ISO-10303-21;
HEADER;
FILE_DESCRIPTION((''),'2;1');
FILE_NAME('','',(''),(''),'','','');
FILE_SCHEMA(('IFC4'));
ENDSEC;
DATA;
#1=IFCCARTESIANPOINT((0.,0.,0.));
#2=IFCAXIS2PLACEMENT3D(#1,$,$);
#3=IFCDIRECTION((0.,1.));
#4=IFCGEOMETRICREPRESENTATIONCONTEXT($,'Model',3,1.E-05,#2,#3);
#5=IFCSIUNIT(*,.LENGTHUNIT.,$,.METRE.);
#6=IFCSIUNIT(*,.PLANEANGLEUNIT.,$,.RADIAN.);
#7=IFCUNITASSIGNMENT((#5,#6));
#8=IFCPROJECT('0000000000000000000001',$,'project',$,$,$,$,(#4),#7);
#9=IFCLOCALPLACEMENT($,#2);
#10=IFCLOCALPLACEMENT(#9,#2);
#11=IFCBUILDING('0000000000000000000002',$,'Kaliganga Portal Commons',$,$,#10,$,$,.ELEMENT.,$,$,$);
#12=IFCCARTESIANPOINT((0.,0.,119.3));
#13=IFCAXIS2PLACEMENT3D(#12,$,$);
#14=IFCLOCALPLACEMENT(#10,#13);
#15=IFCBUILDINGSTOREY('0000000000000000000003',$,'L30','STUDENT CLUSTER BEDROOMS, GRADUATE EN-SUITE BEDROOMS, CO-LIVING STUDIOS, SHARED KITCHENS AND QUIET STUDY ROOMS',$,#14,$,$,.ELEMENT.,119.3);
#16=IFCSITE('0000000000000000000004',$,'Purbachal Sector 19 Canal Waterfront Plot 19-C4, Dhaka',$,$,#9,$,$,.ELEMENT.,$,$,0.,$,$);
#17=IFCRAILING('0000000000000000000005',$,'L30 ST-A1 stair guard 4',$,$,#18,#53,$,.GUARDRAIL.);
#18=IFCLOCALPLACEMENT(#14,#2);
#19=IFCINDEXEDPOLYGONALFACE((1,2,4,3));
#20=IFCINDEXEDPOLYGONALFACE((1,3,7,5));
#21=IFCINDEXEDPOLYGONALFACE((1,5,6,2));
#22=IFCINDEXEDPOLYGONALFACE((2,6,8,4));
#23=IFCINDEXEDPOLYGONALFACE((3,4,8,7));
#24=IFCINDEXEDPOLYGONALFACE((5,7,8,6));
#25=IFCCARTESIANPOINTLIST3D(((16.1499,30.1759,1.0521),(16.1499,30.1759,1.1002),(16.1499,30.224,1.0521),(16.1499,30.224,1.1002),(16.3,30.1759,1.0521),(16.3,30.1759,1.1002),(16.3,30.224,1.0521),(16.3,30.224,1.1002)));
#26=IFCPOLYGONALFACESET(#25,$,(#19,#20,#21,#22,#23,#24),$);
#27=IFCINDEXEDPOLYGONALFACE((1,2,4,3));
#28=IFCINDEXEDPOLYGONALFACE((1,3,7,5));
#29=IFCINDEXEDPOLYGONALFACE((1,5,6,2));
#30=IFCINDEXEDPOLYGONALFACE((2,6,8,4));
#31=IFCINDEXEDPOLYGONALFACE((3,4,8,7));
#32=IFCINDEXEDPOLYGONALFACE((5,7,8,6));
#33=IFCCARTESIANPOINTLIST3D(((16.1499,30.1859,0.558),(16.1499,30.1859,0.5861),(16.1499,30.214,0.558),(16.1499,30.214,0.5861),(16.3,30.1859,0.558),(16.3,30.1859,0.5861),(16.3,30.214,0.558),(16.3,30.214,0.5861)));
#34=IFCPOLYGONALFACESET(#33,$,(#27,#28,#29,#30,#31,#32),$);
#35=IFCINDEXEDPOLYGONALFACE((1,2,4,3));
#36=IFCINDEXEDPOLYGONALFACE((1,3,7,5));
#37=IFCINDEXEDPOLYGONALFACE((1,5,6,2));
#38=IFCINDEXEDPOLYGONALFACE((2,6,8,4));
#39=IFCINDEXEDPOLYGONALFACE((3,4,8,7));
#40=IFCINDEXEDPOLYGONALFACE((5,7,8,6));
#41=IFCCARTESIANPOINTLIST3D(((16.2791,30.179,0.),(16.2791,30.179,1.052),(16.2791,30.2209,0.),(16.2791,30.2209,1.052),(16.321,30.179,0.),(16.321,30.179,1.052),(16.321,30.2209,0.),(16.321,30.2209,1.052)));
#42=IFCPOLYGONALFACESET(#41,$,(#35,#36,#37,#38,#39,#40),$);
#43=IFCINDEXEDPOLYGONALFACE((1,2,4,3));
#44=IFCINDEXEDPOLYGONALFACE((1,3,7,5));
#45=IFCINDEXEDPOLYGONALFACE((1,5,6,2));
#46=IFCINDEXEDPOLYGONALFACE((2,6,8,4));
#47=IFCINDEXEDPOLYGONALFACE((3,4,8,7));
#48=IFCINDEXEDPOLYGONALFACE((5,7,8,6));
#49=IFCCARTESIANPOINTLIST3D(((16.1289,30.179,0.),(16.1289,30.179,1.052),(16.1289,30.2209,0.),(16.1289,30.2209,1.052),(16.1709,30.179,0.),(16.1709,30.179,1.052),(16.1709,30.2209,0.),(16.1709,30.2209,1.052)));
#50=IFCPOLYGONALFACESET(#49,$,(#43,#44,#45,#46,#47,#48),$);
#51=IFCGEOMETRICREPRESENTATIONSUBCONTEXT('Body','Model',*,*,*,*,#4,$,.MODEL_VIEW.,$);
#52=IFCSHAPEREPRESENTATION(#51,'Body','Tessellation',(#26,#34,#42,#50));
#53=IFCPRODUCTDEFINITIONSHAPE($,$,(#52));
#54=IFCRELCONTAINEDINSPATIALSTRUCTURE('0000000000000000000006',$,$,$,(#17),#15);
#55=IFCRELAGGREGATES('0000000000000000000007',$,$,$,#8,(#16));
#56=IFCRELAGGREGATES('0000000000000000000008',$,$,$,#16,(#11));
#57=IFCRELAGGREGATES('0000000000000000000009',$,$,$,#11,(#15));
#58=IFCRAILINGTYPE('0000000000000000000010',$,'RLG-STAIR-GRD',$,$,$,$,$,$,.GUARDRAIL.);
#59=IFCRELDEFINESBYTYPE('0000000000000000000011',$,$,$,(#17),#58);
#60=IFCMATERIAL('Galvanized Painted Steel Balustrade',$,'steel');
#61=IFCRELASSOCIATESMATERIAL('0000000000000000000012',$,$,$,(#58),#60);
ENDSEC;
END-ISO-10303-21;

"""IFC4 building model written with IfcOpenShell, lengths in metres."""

from ifc_helpers import new_model, si_unit, direction, frame, origin, origin_2d, place, context, subcontext, project, spatial, rectangle, extrude, material, type_object, element, save


model = new_model("IFC4")

# Units and contexts
model_context = context("Model", 3, precision=1e-05, world=origin(), true_north=direction((0.0, 1.0)))
body_context = subcontext(model_context, "Body", "Model", "MODEL_VIEW")
ifc_project = project(units=[si_unit("LENGTHUNIT", "METRE"), si_unit("PLANEANGLEUNIT", "RADIAN")], contexts=[model_context])

# Site, building, storey
site_placement = place(None, origin())
site = spatial("IfcSite", under=ifc_project, at=site_placement, Name="Purbachal Sector 19 Canal Waterfront Plot 19-C4, Dhaka", CompositionType="ELEMENT", RefElevation=0.0)
building_placement = place(site_placement, origin())
building = spatial("IfcBuilding", under=site, at=building_placement, Name="Kaliganga Portal Commons", CompositionType="ELEMENT")
storey_placement = place(building_placement, frame((0.0, 0.0, 119.3)))
storey = spatial("IfcBuildingStorey", under=building, at=storey_placement, Name="L30", Description="STUDENT CLUSTER BEDROOMS, GRADUATE EN-SUITE BEDROOMS, CO-LIVING STUDIOS, SHARED KITCHENS AND QUIET STUDY ROOMS", CompositionType="ELEMENT", Elevation=119.3)

# Railing
ifc_material_1 = material(Name="Galvanized Painted Steel Balustrade", Category="steel")
railing_type = type_object("IfcRailingType", Name="RLG-STAIR-GRD", PredefinedType="GUARDRAIL", material=ifc_material_1)
railing_placement = place(storey_placement, frame((16.3, 30.2, 0.0)))
element("IfcRailing", 1, at=railing_placement, inside=storey, type_object=railing_type, Name="L30 ST-A1 stair guard 4", PredefinedType="GUARDRAIL", context=body_context, shape_type="SweptSolid", body=[
    extrude(rectangle(XDim=0.0481, YDim=0.0481, at=origin_2d()), frame((0.0, 0.0, 1.0762), z_axis=(-1.0, 0.0, 0.0), x_axis=(0.0, -1.0, 0.0)), (0.0, 0.0, 1.0), 0.1501),
    extrude(rectangle(XDim=0.0281, YDim=0.0281, at=origin_2d()), frame((0.0, 0.0, 0.572), z_axis=(-1.0, 0.0, 0.0), x_axis=(0.0, -1.0, 0.0)), (0.0, 0.0, 1.0), 0.1501),
    extrude(rectangle(XDim=0.042, YDim=0.042, at=origin_2d()), origin(), (0.0, 0.0, 1.0), 1.052),
    extrude(rectangle(XDim=0.042, YDim=0.042, at=origin_2d()), frame((-0.1501, 0.0, 0.0)), (0.0, 0.0, 1.0), 1.052),
])

save(model, "model.ifc")
